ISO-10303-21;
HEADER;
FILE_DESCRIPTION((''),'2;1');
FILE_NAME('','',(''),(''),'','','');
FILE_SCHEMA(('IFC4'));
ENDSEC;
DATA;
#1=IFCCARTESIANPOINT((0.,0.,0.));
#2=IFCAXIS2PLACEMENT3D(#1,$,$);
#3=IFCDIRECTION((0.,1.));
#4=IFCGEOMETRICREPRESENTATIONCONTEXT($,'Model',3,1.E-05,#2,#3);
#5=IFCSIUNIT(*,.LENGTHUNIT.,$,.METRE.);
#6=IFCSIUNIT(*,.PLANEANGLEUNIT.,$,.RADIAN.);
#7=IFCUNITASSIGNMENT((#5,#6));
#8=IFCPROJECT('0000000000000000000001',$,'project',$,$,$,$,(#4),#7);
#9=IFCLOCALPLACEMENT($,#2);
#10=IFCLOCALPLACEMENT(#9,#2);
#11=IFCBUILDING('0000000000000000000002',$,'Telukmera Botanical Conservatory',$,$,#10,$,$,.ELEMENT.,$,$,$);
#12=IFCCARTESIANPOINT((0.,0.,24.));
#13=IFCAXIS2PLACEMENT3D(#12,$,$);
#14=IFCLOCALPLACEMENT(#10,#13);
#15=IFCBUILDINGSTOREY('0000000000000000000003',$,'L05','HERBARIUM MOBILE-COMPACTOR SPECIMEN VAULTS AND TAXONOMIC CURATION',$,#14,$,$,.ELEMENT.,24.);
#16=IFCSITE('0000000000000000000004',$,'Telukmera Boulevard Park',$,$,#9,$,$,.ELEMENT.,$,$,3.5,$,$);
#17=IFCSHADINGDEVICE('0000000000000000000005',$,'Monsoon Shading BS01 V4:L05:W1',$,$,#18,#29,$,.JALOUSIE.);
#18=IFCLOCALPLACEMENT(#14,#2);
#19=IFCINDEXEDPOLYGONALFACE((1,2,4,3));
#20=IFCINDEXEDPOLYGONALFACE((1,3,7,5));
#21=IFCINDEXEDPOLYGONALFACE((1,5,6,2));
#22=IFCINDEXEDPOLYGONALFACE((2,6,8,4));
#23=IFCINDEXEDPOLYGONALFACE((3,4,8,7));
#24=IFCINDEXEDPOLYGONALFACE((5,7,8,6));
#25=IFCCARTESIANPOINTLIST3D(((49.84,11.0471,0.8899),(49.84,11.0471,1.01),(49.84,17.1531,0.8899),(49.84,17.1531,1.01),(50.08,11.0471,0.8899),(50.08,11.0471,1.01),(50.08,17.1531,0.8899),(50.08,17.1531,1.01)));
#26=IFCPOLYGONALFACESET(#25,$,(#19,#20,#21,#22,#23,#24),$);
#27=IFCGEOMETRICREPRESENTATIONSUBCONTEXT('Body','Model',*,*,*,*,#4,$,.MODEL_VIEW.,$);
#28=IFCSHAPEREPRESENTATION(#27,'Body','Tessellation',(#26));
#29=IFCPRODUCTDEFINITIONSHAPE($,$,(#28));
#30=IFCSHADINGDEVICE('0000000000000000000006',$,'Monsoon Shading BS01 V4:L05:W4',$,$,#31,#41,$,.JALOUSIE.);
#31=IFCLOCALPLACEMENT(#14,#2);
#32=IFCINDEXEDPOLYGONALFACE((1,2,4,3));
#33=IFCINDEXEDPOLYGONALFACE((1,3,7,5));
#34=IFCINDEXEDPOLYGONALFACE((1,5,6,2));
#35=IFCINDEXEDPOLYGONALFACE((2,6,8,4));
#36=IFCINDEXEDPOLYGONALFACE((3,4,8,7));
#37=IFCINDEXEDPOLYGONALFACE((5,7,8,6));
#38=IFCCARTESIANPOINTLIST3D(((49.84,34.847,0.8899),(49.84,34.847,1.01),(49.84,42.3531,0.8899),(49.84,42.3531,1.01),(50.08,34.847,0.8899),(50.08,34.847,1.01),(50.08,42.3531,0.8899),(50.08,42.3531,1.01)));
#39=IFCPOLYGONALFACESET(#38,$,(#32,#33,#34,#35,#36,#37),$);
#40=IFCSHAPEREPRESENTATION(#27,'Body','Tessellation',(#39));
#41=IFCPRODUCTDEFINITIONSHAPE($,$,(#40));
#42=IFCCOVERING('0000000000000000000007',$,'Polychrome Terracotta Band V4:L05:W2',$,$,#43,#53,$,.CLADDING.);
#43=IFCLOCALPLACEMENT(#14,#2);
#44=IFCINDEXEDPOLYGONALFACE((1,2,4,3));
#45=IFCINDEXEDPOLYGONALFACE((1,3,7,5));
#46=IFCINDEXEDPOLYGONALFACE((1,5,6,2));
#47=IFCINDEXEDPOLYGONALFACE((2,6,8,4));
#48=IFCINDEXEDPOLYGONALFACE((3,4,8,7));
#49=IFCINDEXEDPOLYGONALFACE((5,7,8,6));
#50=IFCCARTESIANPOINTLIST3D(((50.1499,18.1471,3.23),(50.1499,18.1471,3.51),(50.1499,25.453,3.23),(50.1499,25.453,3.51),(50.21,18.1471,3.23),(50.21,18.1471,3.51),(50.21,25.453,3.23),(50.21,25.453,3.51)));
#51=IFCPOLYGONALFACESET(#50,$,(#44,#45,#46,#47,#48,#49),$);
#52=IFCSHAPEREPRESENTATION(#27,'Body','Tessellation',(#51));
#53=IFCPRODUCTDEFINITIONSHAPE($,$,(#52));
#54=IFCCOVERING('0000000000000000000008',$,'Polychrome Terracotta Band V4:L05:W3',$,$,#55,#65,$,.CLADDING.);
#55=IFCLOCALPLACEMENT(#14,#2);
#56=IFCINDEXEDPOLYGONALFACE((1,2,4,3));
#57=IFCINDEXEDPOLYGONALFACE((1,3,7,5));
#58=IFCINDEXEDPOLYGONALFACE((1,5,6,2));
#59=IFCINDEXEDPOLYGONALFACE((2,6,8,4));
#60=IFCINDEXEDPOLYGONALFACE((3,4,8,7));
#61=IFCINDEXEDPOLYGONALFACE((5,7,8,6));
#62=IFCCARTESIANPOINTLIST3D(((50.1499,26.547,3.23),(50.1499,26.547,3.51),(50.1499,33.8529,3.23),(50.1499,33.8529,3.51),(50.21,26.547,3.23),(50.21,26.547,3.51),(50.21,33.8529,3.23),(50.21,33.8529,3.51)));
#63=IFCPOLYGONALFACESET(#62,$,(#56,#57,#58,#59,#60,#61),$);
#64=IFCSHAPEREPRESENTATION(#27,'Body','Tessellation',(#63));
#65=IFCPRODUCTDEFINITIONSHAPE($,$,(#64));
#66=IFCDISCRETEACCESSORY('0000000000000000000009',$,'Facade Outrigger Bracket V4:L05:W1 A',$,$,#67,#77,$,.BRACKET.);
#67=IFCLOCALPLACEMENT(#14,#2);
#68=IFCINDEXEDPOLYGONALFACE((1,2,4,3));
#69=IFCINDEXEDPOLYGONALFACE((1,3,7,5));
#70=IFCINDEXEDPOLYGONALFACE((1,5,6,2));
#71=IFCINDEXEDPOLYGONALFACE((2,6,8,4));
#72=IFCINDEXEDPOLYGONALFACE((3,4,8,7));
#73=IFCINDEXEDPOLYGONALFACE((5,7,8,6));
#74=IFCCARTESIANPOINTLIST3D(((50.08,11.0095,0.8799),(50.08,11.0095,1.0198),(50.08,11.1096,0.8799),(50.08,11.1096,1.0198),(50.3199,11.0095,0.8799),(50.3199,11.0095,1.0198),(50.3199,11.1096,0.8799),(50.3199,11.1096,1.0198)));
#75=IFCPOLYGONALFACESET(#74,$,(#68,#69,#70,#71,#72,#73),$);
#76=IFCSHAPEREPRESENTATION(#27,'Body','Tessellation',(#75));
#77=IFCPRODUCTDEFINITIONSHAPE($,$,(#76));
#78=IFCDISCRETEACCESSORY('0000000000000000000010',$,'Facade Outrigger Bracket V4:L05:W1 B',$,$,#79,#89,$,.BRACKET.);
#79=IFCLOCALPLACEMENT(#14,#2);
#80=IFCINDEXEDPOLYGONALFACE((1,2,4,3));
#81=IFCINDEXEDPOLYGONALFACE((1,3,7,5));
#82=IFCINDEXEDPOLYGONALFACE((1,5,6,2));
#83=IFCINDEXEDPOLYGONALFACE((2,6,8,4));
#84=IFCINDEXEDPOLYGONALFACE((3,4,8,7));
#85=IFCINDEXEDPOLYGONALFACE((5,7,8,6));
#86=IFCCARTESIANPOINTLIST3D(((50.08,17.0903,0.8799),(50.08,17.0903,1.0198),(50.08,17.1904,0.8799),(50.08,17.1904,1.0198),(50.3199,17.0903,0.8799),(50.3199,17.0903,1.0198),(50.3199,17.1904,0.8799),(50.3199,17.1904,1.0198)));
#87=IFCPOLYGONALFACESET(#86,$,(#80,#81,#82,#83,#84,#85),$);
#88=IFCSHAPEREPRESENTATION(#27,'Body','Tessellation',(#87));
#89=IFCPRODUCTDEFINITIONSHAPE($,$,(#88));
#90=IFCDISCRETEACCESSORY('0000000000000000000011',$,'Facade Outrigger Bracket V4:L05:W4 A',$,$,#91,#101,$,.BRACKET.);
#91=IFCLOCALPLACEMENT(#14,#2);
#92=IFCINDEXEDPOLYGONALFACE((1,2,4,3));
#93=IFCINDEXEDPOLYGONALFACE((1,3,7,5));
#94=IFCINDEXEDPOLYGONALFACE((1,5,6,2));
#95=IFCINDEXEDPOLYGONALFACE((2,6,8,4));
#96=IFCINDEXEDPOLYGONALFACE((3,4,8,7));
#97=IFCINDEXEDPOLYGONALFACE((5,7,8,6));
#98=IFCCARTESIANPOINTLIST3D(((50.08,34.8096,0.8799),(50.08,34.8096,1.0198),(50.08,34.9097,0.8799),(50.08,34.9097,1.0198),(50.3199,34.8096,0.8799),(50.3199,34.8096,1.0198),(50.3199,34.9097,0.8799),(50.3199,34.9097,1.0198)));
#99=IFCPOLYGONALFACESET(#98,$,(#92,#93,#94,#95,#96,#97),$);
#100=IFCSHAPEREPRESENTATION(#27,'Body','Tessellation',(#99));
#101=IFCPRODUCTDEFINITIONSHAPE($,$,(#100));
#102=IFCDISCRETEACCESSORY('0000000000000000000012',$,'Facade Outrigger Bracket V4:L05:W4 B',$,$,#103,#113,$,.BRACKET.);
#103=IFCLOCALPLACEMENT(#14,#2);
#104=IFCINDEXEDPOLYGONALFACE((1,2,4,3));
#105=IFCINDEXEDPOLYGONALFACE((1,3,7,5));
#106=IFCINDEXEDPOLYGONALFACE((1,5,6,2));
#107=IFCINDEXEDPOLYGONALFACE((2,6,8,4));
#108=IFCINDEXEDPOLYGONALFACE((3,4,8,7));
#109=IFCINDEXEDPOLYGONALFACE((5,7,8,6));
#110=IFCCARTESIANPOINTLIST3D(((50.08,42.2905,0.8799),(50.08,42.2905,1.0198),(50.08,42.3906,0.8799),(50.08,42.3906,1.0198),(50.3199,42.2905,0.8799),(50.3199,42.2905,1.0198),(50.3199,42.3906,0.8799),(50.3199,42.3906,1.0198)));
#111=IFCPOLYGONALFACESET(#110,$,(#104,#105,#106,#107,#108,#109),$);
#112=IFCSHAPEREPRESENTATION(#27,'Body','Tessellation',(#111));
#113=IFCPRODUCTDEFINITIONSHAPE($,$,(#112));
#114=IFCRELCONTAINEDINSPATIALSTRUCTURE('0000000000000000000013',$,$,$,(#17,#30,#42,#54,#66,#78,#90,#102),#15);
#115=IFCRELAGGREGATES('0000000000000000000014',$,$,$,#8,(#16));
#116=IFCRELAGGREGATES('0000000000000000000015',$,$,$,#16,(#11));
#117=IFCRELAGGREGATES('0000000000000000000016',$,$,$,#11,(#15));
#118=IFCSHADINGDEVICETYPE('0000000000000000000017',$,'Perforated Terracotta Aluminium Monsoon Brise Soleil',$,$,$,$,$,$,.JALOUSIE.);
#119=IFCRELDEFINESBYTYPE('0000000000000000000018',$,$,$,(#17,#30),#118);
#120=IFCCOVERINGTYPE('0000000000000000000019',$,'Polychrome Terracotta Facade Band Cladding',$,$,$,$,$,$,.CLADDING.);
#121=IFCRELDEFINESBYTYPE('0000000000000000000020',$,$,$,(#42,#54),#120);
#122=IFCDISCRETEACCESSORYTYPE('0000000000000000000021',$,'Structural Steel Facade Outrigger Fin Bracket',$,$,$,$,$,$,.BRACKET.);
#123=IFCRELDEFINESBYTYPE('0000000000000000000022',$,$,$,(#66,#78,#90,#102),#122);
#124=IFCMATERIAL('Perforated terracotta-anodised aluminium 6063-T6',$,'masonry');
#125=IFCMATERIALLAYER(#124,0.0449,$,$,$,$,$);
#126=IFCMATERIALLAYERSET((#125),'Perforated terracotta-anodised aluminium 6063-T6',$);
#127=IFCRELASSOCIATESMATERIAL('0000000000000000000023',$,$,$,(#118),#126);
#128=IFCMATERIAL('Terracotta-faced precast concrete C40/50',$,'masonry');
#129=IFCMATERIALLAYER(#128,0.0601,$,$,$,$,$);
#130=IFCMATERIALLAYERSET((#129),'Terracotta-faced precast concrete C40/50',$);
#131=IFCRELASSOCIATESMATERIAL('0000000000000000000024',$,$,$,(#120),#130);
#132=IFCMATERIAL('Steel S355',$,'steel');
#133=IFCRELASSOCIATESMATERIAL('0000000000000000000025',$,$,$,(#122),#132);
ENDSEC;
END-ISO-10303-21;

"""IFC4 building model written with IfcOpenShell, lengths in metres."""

from ifc_helpers import new_model, si_unit, direction, frame, origin, origin_2d, place, context, subcontext, project, spatial, rectangle, extrude, material, layer, layer_set, type_object, element, save


model = new_model("IFC4")

# Units and contexts
model_context = context("Model", 3, precision=1e-05, world=origin(), true_north=direction((0.0, 1.0)))
body_context = subcontext(model_context, "Body", "Model", "MODEL_VIEW")
ifc_project = project(units=[si_unit("LENGTHUNIT", "METRE"), si_unit("PLANEANGLEUNIT", "RADIAN")], contexts=[model_context])

# Site, building, storey
site_placement = place(None, origin())
site = spatial("IfcSite", under=ifc_project, at=site_placement, Name="Telukmera Boulevard Park", CompositionType="ELEMENT", RefElevation=3.5)
building_placement = place(site_placement, origin())
building = spatial("IfcBuilding", under=site, at=building_placement, Name="Telukmera Botanical Conservatory", CompositionType="ELEMENT")
storey_placement = place(building_placement, frame((0.0, 0.0, 24.0)))
storey = spatial("IfcBuildingStorey", under=building, at=storey_placement, Name="L05", Description="HERBARIUM MOBILE-COMPACTOR SPECIMEN VAULTS AND TAXONOMIC CURATION", CompositionType="ELEMENT", Elevation=24.0)

# Shading devices
ifc_material_1 = material(Name="Perforated terracotta-anodised aluminium 6063-T6", Category="masonry")
ifc_layer_1 = layer(ifc_material_1, 0.0449)
ifc_layer_set_1 = layer_set([ifc_layer_1], Name="Perforated terracotta-anodised aluminium 6063-T6")
shading_device_type = type_object("IfcShadingDeviceType", Name="Perforated Terracotta Aluminium Monsoon Brise Soleil", PredefinedType="JALOUSIE", material=ifc_layer_set_1)
shading_device_1_placement = place(storey_placement, frame((49.96, 14.1001, 0.8899), z_axis=(0.0, 0.0, 1.0), x_axis=(0.0, 1.0, 0.0)))
element("IfcShadingDevice", 1, at=shading_device_1_placement, inside=storey, type_object=shading_device_type, Name="Monsoon Shading BS01 V4:L05:W1", PredefinedType="JALOUSIE", context=body_context, shape_type="SweptSolid", body=[
    extrude(rectangle(XDim=6.106, YDim=0.24, at=origin_2d()), origin(), (0.0, 0.0, 1.0), 0.1201),
])
shading_device_2_placement = place(storey_placement, frame((49.96, 38.6001, 0.8899), z_axis=(0.0, 0.0, 1.0), x_axis=(0.0, 1.0, 0.0)))
element("IfcShadingDevice", 2, at=shading_device_2_placement, inside=storey, type_object=shading_device_type, Name="Monsoon Shading BS01 V4:L05:W4", PredefinedType="JALOUSIE", context=body_context, shape_type="SweptSolid", body=[
    extrude(rectangle(XDim=7.5061, YDim=0.24, at=origin_2d()), origin(), (0.0, 0.0, 1.0), 0.1201),
])

# Coverings
ifc_material_2 = material(Name="Terracotta-faced precast concrete C40/50", Category="masonry")
ifc_layer_2 = layer(ifc_material_2, 0.0601)
ifc_layer_set_2 = layer_set([ifc_layer_2], Name="Terracotta-faced precast concrete C40/50")
covering_type_1 = type_object("IfcCoveringType", Name="Polychrome Terracotta Facade Band Cladding", PredefinedType="CLADDING", material=ifc_layer_set_2)
for number, where, z_axis, x_axis, name in (
    (3, (50.1799, 21.8, 3.23), (0.0, 0.0, 1.0), (0.0, 1.0, 0.0), "Polychrome Terracotta Band V4:L05:W2"),
    (4, (50.1799, 30.2, 3.23), (0.0, 0.0, 1.0), (0.0, 1.0, 0.0), "Polychrome Terracotta Band V4:L05:W3"),
):
    element("IfcCovering", number, at=place(storey_placement, frame(where, z_axis=z_axis, x_axis=x_axis)), inside=storey, type_object=covering_type_1, Name=name, PredefinedType="CLADDING", context=body_context, shape_type="SweptSolid", body=[
        extrude(rectangle(XDim=7.3059, YDim=0.0601, at=origin_2d()), origin(), (0.0, 0.0, 1.0), 0.28),
    ])

# Discrete accessories
ifc_material_3 = material(Name="Steel S355", Category="steel")
discrete_accessory_type = type_object("IfcDiscreteAccessoryType", Name="Structural Steel Facade Outrigger Fin Bracket", PredefinedType="BRACKET", material=ifc_material_3)
for number, where, z_axis, x_axis, name in (
    (5, (50.2, 11.0596, 0.8799), (0.0, 0.0, 1.0), (0.0, 1.0, 0.0), "Facade Outrigger Bracket V4:L05:W1 A"),
    (6, (50.2, 17.1404, 0.8799), (0.0, 0.0, 1.0), (0.0, 1.0, 0.0), "Facade Outrigger Bracket V4:L05:W1 B"),
    (7, (50.2, 34.8596, 0.8799), (0.0, 0.0, 1.0), (0.0, 1.0, 0.0), "Facade Outrigger Bracket V4:L05:W4 A"),
    (8, (50.2, 42.3406, 0.8799), (0.0, 0.0, 1.0), (0.0, 1.0, 0.0), "Facade Outrigger Bracket V4:L05:W4 B"),
):
    element("IfcDiscreteAccessory", number, at=place(storey_placement, frame(where, z_axis=z_axis, x_axis=x_axis)), inside=storey, type_object=discrete_accessory_type, Name=name, PredefinedType="BRACKET", context=body_context, shape_type="SweptSolid", body=[
        extrude(rectangle(XDim=0.1001, YDim=0.24, at=origin_2d()), origin(), (0.0, 0.0, 1.0), 0.1399),
    ])

save(model, "model.ifc")
